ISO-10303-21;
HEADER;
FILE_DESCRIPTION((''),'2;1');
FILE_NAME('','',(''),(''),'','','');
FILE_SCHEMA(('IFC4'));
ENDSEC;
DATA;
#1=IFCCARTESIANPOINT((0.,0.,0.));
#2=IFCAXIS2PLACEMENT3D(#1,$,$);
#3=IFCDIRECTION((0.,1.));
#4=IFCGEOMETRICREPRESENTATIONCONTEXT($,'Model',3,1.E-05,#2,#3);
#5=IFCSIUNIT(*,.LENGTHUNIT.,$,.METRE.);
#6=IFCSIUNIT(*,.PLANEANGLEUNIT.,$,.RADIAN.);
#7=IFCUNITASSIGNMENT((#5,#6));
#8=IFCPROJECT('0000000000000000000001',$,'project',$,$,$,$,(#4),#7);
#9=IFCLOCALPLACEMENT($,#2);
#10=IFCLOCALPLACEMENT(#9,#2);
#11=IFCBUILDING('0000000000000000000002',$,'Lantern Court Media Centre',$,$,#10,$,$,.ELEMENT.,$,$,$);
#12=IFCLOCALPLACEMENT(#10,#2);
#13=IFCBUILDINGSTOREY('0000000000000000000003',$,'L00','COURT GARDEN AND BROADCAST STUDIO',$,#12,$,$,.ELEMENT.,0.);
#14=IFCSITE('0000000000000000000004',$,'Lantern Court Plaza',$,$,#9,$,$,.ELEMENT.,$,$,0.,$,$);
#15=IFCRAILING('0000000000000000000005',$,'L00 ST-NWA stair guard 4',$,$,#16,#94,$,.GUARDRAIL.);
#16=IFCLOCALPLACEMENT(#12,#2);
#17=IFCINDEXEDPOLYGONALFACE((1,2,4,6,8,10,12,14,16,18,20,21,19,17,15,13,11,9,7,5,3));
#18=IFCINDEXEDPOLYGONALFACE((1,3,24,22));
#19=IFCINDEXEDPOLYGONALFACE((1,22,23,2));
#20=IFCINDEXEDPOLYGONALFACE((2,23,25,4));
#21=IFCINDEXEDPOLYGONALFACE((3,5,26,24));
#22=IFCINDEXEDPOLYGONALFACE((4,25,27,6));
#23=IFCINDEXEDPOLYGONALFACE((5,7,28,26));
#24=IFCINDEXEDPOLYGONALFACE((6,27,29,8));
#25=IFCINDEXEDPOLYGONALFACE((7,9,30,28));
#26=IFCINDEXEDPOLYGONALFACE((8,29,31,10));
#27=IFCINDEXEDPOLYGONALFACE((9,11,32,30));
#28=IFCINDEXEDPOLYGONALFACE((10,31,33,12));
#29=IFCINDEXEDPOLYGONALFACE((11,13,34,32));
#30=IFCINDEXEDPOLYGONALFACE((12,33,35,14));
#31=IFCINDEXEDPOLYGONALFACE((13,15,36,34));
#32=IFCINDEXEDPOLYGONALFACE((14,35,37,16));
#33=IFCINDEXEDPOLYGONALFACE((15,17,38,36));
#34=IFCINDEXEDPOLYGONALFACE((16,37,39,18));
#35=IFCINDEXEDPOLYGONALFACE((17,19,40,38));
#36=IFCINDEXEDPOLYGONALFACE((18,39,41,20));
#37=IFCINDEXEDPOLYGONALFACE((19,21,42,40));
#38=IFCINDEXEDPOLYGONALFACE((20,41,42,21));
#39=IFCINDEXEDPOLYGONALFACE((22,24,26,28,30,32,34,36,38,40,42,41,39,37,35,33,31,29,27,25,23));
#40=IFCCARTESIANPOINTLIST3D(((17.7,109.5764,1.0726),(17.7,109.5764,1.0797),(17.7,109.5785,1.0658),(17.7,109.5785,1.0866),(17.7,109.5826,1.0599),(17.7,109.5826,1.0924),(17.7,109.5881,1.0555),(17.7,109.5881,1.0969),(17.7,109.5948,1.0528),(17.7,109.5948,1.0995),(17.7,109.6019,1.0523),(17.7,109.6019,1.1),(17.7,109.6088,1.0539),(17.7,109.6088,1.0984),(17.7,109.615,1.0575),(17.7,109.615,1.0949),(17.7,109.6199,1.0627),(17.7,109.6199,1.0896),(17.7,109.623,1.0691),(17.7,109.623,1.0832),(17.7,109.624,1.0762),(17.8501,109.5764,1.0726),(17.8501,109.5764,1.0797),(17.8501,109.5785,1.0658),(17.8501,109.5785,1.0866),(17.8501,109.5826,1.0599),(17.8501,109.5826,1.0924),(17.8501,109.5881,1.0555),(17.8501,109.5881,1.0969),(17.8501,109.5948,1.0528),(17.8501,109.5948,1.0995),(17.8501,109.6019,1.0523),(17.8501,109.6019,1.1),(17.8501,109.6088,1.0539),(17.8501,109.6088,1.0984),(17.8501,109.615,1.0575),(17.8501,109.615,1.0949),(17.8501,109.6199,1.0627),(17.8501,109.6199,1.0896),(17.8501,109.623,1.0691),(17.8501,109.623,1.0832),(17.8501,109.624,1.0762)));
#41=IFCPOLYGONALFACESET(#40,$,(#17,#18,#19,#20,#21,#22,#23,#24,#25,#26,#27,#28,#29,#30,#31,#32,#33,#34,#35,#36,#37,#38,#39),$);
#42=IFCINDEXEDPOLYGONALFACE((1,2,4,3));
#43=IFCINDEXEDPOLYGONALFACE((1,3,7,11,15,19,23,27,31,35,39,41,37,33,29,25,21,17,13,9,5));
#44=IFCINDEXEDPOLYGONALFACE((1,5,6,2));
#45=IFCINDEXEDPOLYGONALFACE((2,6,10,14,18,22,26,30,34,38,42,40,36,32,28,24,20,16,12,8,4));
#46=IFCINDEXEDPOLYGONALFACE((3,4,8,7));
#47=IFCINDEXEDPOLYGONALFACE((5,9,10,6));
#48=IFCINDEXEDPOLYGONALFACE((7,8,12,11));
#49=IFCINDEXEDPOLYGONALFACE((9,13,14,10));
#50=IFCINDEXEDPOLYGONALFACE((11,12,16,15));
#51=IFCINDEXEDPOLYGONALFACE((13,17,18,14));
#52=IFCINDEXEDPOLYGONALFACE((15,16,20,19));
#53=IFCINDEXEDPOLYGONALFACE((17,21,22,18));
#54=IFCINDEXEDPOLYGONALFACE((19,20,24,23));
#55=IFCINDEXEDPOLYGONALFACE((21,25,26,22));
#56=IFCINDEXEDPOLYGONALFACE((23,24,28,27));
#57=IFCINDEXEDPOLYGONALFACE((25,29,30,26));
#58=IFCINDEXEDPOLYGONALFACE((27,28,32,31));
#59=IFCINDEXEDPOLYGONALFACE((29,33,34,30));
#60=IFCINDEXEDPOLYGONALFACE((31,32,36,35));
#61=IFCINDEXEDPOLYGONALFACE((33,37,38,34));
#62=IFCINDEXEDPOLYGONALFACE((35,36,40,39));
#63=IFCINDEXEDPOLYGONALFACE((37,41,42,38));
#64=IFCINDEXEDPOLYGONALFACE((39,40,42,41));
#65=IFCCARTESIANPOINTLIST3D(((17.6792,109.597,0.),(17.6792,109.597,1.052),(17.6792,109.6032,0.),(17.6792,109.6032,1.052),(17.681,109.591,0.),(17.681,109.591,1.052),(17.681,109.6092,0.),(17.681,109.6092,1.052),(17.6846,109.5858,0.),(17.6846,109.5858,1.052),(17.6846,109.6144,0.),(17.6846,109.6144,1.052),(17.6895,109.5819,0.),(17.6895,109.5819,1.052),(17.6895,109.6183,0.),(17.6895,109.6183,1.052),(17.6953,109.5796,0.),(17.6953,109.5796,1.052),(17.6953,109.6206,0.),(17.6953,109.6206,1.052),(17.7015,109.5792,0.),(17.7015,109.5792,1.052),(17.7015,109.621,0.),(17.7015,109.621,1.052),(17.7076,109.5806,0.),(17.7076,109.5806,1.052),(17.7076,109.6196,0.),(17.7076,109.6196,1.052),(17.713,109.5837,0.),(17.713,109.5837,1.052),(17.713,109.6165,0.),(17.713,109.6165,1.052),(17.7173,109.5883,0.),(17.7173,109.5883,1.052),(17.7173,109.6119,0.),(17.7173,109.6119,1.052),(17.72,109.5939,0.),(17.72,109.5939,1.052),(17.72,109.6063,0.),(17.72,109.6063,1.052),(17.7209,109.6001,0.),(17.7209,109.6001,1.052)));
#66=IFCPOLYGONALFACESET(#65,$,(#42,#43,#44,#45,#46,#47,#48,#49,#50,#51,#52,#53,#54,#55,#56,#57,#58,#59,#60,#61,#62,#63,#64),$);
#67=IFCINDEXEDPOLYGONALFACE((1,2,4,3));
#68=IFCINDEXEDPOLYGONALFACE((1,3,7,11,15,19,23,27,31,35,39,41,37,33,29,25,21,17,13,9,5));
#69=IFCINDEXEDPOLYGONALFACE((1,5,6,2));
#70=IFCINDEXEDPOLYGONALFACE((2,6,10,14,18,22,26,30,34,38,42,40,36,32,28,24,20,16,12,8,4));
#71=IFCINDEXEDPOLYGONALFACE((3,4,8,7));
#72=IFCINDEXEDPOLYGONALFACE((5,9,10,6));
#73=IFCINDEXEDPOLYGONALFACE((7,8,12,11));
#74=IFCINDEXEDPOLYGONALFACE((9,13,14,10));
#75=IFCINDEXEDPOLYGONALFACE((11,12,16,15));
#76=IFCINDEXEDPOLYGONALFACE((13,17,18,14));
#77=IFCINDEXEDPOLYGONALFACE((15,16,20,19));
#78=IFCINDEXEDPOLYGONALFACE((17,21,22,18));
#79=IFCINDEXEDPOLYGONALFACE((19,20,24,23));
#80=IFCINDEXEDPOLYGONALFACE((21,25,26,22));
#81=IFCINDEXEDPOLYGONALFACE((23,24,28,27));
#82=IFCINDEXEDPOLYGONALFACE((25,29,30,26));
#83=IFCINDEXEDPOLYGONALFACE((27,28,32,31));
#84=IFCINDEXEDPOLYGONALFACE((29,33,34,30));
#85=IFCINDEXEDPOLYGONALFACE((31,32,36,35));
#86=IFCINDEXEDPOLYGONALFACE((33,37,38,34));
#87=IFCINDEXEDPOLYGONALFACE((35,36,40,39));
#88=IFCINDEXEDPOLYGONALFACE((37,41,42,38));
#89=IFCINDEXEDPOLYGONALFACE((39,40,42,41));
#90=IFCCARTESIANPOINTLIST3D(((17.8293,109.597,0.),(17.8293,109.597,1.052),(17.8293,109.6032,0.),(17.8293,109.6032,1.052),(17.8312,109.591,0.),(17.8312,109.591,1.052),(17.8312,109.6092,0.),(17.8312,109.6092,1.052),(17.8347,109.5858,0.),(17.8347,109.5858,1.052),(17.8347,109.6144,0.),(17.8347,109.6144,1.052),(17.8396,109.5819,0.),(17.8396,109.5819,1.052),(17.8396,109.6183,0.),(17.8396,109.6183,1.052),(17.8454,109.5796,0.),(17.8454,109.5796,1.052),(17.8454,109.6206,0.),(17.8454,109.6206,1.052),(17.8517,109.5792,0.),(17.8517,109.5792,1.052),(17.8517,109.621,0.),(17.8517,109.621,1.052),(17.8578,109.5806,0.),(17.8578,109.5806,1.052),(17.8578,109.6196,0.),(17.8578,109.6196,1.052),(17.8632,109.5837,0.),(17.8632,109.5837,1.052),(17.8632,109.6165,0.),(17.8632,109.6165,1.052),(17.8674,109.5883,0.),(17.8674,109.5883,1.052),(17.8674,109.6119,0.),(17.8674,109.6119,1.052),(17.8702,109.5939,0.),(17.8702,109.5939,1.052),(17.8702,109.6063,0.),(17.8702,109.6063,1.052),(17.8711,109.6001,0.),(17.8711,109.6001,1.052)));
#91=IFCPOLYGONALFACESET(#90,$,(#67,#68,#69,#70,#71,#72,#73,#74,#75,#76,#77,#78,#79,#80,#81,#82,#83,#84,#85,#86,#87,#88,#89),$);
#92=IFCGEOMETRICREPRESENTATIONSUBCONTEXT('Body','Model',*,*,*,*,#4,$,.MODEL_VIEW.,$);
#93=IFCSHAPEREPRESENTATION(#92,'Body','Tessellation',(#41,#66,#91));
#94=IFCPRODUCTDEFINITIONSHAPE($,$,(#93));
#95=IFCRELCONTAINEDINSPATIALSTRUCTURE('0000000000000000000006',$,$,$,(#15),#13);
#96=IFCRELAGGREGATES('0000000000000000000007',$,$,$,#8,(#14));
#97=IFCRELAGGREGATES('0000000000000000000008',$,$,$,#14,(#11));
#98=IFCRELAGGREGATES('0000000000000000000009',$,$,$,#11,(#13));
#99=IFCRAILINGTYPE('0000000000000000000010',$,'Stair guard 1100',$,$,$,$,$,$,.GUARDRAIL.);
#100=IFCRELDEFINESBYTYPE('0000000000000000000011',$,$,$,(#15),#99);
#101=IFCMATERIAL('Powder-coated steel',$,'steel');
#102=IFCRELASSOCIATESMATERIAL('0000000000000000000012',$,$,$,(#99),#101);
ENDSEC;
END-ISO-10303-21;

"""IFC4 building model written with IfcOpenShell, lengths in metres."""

from ifc_helpers import new_model, si_unit, direction, frame, origin, origin_2d, place, context, subcontext, project, spatial, circle, extrude, material, type_object, element, save


model = new_model("IFC4")

# Units and contexts
model_context = context("Model", 3, precision=1e-05, world=origin(), true_north=direction((0.0, 1.0)))
body_context = subcontext(model_context, "Body", "Model", "MODEL_VIEW")
ifc_project = project(units=[si_unit("LENGTHUNIT", "METRE"), si_unit("PLANEANGLEUNIT", "RADIAN")], contexts=[model_context])

# Site, building, storey
site_placement = place(None, origin())
site = spatial("IfcSite", under=ifc_project, at=site_placement, Name="Lantern Court Plaza", CompositionType="ELEMENT", RefElevation=0.0)
building_placement = place(site_placement, origin())
building = spatial("IfcBuilding", under=site, at=building_placement, Name="Lantern Court Media Centre", CompositionType="ELEMENT")
storey_placement = place(building_placement, origin())
storey = spatial("IfcBuildingStorey", under=building, at=storey_placement, Name="L00", Description="COURT GARDEN AND BROADCAST STUDIO", CompositionType="ELEMENT", Elevation=0.0)

# Railing
ifc_material_1 = material(Name="Powder-coated steel", Category="steel")
railing_type_1 = type_object("IfcRailingType", Name="Stair guard 1100", PredefinedType="GUARDRAIL", material=ifc_material_1)
railing_1_placement = place(storey_placement, frame((17.7, 109.6001, 0.0)))
element("IfcRailing", 1, at=railing_1_placement, inside=storey, type_object=railing_type_1, Name="L00 ST-NWA stair guard 4", PredefinedType="GUARDRAIL", context=body_context, shape_type="SweptSolid", body=[
    extrude(circle(Radius=0.0239, at=origin_2d()), frame((0.0, 0.0, 1.0762), z_axis=(1.0, 0.0, 0.0), x_axis=(0.0, 1.0, 0.0)), (0.0, 0.0, 1.0), 0.1501),
    extrude(circle(Radius=0.021, at=origin_2d()), origin(), (0.0, 0.0, 1.0), 1.052),
    extrude(circle(Radius=0.021, at=origin_2d()), frame((0.1501, 0.0, 0.0)), (0.0, 0.0, 1.0), 1.052),
])

save(model, "model.ifc")
